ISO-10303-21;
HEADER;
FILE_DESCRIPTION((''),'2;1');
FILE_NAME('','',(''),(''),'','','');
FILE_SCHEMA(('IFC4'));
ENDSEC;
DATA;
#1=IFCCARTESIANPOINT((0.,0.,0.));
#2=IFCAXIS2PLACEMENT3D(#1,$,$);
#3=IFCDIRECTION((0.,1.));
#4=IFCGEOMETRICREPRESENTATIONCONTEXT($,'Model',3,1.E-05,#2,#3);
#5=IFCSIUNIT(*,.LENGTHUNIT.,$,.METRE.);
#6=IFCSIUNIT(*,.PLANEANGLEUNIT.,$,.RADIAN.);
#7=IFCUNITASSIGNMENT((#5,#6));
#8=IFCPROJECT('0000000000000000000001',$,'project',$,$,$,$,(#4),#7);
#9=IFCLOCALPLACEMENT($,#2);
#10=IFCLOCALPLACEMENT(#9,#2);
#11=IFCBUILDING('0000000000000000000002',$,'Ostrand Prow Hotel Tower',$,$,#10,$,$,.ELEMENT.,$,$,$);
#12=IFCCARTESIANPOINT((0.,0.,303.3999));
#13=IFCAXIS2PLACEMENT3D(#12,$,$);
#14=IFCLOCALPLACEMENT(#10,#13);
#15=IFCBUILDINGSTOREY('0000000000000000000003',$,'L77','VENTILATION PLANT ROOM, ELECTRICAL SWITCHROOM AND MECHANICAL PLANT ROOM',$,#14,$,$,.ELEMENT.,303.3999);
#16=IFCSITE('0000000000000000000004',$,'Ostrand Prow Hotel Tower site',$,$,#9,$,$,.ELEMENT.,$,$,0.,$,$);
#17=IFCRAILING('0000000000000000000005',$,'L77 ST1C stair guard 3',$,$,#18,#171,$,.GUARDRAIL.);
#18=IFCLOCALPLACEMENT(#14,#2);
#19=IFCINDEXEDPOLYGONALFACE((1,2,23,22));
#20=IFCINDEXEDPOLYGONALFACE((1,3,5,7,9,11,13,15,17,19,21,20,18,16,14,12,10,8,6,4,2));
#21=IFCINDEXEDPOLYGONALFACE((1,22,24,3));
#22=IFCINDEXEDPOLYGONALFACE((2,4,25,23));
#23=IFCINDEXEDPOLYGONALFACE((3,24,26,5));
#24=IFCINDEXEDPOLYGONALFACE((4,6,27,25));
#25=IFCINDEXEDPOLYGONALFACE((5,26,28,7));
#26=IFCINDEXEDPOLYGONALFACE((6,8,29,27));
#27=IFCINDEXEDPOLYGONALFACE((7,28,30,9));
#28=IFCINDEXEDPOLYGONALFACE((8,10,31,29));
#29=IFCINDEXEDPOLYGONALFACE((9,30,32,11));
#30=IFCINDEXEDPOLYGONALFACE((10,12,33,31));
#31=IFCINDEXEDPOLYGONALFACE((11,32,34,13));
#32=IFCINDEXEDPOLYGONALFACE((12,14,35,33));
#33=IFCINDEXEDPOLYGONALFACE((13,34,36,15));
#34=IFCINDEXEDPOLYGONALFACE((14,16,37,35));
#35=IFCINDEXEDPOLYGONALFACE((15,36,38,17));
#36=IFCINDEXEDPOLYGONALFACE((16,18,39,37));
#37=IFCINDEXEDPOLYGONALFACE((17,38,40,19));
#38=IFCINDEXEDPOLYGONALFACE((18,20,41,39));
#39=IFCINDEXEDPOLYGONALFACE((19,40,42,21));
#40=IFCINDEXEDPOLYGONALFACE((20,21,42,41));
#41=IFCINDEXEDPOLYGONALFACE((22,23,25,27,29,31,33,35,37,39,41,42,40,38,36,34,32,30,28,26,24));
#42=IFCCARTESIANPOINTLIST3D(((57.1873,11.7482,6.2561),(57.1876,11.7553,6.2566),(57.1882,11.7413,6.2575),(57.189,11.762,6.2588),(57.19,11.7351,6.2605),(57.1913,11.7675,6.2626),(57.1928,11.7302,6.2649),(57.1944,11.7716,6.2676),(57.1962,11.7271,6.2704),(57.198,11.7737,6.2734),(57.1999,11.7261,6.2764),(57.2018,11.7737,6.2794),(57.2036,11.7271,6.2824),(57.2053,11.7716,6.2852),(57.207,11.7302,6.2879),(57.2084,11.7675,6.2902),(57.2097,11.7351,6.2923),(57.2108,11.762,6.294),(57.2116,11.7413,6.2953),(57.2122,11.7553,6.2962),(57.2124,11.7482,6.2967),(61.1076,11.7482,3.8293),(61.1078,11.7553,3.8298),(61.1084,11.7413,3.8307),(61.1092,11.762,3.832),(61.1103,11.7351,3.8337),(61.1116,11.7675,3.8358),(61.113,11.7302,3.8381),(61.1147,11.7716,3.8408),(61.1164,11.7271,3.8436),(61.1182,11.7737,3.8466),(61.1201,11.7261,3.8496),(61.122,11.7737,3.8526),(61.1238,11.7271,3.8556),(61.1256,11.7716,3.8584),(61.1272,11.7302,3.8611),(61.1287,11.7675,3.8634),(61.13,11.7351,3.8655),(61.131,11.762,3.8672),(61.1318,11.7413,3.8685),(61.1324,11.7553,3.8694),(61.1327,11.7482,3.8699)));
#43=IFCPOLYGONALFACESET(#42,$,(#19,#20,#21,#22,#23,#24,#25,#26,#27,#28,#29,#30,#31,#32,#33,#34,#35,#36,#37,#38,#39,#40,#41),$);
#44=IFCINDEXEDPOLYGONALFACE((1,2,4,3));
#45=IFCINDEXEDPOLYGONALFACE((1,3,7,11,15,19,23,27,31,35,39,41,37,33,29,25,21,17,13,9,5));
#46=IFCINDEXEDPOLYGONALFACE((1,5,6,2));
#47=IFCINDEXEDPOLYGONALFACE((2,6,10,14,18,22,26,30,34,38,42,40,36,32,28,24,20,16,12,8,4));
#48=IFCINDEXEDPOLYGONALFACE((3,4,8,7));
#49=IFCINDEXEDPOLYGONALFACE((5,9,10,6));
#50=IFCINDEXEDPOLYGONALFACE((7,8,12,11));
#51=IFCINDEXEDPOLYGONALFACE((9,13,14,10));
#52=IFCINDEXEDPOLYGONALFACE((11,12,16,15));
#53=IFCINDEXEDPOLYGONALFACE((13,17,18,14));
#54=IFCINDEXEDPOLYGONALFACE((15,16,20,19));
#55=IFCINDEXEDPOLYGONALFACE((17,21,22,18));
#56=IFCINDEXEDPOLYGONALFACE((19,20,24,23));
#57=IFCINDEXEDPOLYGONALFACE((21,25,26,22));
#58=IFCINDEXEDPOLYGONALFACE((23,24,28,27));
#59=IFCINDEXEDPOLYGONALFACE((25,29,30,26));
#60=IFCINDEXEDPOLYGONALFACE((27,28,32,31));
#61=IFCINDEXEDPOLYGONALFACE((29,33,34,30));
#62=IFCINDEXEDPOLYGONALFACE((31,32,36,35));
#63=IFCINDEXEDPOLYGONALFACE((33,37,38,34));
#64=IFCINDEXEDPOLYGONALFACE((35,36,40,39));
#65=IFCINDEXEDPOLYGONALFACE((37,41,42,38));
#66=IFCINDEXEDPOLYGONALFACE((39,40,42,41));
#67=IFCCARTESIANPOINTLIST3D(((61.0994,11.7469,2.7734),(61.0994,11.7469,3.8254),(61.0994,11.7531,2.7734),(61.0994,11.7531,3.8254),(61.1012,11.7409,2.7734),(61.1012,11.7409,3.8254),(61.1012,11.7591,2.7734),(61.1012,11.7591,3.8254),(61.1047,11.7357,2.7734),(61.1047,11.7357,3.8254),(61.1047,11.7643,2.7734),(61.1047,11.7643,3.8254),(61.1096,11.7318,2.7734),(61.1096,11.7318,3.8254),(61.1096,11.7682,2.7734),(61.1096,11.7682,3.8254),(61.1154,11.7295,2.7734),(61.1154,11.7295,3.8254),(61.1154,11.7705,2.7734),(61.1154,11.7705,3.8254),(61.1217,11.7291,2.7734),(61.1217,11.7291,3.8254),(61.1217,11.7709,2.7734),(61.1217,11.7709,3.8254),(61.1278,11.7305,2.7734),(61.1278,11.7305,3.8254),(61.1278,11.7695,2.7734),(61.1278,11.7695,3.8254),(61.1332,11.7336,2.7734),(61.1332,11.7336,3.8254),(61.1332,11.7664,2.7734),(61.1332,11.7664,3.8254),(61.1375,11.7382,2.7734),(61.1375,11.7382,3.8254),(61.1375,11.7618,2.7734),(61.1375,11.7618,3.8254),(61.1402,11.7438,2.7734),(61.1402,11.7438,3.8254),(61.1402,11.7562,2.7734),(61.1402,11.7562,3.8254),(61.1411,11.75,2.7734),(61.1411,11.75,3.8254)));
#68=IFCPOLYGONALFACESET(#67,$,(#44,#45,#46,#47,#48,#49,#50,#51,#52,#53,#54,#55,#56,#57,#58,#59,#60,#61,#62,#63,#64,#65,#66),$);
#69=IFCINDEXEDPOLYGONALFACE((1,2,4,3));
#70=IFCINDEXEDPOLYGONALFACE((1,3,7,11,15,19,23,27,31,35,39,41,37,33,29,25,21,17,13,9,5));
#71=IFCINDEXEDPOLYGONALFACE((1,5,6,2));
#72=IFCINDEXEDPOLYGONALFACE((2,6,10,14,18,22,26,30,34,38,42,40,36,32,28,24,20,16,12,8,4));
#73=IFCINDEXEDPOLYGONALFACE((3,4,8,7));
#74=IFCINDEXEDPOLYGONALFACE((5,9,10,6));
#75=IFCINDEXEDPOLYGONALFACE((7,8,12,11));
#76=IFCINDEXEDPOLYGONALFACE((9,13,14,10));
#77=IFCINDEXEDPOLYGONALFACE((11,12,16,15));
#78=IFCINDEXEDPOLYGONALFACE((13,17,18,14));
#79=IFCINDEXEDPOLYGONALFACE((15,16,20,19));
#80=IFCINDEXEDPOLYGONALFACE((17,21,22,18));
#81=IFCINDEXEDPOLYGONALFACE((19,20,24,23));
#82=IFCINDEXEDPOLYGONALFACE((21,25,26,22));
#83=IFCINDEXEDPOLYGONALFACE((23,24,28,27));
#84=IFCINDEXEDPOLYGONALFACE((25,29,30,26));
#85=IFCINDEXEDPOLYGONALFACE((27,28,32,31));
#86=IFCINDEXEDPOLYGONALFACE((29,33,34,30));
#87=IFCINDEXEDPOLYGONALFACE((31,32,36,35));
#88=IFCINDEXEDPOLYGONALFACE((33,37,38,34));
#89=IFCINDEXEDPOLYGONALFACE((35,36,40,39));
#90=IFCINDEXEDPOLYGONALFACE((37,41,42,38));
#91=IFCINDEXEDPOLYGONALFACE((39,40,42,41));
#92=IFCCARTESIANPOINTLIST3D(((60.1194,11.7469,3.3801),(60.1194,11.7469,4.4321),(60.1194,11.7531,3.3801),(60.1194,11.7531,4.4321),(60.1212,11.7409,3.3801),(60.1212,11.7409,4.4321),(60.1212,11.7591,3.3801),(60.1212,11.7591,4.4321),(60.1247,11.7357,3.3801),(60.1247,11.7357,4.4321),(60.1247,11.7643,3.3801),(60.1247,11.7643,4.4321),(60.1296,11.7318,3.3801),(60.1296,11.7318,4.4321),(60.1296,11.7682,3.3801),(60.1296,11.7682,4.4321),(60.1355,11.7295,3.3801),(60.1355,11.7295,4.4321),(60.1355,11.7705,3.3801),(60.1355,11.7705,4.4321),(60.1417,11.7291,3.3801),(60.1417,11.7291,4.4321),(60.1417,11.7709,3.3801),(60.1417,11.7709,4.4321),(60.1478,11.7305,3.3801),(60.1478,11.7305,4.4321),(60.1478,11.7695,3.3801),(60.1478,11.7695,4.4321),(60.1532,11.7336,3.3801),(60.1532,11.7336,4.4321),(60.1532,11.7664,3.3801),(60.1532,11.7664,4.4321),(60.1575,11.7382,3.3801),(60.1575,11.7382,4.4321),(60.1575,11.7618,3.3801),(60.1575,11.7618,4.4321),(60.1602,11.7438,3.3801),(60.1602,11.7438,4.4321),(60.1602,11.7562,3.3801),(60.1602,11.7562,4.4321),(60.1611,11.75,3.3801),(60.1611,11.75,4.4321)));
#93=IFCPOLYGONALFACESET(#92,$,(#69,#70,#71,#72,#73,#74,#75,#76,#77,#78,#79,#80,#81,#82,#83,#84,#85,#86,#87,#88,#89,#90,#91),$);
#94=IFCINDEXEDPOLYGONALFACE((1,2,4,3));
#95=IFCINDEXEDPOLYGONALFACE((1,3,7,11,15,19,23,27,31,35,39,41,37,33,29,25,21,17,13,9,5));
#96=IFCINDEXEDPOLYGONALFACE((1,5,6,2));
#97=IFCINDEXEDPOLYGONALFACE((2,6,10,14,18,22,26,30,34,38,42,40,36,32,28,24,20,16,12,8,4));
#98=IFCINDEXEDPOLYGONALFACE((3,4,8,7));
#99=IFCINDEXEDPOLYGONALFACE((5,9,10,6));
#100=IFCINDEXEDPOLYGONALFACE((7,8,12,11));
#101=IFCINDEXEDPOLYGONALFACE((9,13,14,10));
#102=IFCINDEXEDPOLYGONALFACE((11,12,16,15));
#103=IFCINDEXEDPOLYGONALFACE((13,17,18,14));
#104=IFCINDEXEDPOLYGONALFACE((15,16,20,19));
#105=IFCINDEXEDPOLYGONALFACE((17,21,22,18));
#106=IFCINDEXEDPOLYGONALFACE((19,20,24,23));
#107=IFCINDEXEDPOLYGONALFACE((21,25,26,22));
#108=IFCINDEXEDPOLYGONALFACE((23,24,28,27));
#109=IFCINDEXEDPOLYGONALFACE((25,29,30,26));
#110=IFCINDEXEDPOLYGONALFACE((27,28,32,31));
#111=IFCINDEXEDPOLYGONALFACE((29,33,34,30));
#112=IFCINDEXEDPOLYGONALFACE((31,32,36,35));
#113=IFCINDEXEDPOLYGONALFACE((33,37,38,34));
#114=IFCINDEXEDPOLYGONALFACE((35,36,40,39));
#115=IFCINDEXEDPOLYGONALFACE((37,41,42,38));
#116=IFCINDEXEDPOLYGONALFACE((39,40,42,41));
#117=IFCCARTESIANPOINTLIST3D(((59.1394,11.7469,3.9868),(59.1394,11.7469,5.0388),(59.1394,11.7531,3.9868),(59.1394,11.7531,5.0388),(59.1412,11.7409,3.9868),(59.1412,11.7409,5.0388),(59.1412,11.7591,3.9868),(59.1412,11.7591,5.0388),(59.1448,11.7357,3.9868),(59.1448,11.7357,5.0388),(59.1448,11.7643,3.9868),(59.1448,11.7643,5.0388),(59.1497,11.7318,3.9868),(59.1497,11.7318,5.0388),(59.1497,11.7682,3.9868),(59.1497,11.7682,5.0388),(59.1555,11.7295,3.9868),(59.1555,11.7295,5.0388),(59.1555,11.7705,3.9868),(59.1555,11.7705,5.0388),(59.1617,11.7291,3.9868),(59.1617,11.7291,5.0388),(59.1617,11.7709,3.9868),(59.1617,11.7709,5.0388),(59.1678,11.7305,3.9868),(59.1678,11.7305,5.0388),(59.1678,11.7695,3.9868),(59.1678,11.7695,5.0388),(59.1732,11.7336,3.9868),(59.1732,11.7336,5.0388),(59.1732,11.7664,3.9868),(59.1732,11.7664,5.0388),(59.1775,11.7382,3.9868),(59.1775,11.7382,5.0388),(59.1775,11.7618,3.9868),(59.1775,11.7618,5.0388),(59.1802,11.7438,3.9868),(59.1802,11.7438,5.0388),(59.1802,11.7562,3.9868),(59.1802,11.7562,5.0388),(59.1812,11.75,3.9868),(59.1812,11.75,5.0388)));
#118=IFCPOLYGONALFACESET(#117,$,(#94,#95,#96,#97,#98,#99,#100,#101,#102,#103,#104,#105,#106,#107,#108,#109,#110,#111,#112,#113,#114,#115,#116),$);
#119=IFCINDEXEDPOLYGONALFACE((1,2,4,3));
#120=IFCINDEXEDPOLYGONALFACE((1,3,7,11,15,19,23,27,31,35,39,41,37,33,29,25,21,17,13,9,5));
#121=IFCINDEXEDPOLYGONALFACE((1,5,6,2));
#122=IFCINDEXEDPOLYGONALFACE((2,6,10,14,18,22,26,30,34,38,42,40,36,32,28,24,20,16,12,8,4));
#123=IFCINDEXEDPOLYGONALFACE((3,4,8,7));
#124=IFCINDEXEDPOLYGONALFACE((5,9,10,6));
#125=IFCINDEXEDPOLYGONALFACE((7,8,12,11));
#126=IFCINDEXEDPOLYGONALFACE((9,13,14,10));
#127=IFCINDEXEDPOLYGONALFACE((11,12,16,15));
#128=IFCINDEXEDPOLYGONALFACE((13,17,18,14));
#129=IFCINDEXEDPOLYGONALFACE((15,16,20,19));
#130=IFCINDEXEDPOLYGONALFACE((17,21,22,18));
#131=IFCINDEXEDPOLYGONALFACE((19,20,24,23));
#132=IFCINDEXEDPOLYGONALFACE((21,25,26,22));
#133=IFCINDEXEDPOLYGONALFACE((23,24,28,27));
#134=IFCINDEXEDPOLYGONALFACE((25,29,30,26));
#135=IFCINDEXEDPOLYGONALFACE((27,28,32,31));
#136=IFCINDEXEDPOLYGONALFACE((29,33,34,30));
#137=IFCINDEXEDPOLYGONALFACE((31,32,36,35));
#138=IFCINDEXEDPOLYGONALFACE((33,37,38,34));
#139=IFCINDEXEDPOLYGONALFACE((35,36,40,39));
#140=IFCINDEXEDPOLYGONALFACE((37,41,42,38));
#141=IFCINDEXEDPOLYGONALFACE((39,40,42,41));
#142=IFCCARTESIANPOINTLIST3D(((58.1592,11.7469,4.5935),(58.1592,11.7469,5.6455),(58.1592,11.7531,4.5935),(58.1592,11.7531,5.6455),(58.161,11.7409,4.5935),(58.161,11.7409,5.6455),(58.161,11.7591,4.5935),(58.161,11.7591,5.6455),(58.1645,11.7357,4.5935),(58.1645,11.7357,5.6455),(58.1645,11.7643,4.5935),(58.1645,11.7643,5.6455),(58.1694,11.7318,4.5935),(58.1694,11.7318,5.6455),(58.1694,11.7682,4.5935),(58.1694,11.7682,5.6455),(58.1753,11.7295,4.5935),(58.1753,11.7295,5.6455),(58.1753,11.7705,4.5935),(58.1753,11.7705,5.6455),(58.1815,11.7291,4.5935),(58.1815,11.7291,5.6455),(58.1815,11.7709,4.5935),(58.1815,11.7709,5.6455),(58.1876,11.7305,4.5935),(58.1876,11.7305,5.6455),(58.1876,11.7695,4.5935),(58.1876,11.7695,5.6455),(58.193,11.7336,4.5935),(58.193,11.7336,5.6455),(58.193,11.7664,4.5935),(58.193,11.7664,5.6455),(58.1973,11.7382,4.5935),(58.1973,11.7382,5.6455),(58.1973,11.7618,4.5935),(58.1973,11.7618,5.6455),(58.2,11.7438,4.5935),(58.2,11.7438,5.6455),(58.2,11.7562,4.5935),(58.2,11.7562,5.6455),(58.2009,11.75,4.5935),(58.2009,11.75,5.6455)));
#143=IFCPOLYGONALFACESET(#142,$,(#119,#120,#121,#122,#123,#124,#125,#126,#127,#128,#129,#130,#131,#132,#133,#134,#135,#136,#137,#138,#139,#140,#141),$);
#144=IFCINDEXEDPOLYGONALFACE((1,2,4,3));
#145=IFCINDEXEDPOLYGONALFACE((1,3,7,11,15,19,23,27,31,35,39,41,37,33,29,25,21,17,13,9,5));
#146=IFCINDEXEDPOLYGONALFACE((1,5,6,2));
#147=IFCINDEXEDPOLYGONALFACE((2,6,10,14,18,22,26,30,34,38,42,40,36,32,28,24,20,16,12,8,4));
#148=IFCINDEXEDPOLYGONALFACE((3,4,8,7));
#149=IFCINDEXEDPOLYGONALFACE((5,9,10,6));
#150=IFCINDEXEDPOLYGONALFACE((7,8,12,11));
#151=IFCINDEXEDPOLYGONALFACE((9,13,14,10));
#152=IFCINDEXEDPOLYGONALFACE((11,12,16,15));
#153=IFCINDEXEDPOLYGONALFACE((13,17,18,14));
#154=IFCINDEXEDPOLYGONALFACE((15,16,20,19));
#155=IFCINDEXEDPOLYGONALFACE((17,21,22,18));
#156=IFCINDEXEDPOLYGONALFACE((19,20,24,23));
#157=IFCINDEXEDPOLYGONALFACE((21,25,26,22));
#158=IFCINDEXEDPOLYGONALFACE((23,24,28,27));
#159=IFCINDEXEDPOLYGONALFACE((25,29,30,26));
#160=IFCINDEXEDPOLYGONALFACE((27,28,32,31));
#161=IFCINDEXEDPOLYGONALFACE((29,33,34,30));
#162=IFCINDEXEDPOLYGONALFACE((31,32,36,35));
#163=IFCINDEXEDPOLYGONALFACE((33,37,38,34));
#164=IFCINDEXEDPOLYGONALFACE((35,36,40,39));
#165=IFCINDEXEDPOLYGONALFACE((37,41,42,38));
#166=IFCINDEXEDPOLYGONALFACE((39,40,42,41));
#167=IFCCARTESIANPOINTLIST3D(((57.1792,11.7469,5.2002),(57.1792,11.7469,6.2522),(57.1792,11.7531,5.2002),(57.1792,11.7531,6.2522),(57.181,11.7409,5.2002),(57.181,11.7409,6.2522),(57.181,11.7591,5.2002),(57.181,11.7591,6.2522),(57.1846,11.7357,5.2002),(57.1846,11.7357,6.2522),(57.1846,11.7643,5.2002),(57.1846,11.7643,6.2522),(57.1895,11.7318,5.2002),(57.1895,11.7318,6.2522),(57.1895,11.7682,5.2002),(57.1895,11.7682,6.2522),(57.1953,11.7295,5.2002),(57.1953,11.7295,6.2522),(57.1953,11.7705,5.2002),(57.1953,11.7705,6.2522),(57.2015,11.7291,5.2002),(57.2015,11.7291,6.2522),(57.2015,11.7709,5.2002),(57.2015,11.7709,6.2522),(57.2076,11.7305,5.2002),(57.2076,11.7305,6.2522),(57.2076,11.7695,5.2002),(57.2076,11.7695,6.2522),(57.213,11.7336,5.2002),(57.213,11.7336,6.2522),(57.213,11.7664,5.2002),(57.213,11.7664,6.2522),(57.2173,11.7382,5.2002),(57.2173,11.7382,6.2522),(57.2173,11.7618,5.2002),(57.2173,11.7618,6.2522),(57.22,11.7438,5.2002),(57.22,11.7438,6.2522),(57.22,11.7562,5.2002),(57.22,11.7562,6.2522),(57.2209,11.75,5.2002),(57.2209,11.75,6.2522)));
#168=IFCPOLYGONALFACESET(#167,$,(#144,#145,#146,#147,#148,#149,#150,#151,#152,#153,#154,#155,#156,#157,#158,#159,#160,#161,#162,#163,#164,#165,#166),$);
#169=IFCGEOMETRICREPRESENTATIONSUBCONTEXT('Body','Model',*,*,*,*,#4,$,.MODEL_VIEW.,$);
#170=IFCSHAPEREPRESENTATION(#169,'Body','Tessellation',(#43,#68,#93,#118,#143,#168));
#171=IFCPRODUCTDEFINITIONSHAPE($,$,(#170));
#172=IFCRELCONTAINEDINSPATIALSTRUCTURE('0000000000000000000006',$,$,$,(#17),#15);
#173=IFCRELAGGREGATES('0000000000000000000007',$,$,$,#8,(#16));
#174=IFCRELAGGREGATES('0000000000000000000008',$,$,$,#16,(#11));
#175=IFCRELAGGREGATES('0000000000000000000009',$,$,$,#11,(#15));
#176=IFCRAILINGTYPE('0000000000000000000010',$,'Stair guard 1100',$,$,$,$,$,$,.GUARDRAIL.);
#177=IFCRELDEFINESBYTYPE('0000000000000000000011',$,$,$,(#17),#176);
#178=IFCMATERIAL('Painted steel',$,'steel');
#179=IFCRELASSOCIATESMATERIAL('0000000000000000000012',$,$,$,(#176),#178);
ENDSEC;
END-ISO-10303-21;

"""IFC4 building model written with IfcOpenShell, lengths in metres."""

from ifc_helpers import new_model, si_unit, direction, frame, origin, origin_2d, place, context, subcontext, project, spatial, circle, extrude, material, type_object, element, save


model = new_model("IFC4")

# Units and contexts
model_context = context("Model", 3, precision=1e-05, world=origin(), true_north=direction((0.0, 1.0)))
body_context = subcontext(model_context, "Body", "Model", "MODEL_VIEW")
ifc_project = project(units=[si_unit("LENGTHUNIT", "METRE"), si_unit("PLANEANGLEUNIT", "RADIAN")], contexts=[model_context])

# Site, building, storey
site_placement = place(None, origin())
site = spatial("IfcSite", under=ifc_project, at=site_placement, Name="Ostrand Prow Hotel Tower site", CompositionType="ELEMENT", RefElevation=0.0)
building_placement = place(site_placement, origin())
building = spatial("IfcBuilding", under=site, at=building_placement, Name="Ostrand Prow Hotel Tower", CompositionType="ELEMENT")
storey_placement = place(building_placement, frame((0.0, 0.0, 303.3999)))
storey = spatial("IfcBuildingStorey", under=building, at=storey_placement, Name="L77", Description="VENTILATION PLANT ROOM, ELECTRICAL SWITCHROOM AND MECHANICAL PLANT ROOM", CompositionType="ELEMENT", Elevation=303.3999)

# Railing
ifc_material_1 = material(Name="Painted steel", Category="steel")
railing_type_1 = type_object("IfcRailingType", Name="Stair guard 1100", PredefinedType="GUARDRAIL", material=ifc_material_1)
railing_1_placement = place(storey_placement, frame((61.1201, 11.75, 2.7734)))
element("IfcRailing", 1, at=railing_1_placement, inside=storey, type_object=railing_type_1, Name="L77 ST1C stair guard 3", PredefinedType="GUARDRAIL", context=body_context, shape_type="SweptSolid", body=[
    extrude(circle(Radius=0.0239, at=origin_2d()), frame((0.0, 0.0, 1.0762), z_axis=(-0.850266, 0.0, 0.526353), x_axis=(0.0, -1.0, 0.0)), (0.0, 0.0, 1.0), 4.6106),
    extrude(circle(Radius=0.021, at=origin_2d()), origin(), (0.0, 0.0, 1.0), 1.052),
    extrude(circle(Radius=0.021, at=origin_2d()), frame((-0.98, 0.0, 0.6067)), (0.0, 0.0, 1.0), 1.052),
    extrude(circle(Radius=0.021, at=origin_2d()), frame((-1.96, 0.0, 1.2134)), (0.0, 0.0, 1.0), 1.052),
    extrude(circle(Radius=0.021, at=origin_2d()), frame((-2.9402, 0.0, 1.8201)), (0.0, 0.0, 1.0), 1.052),
    extrude(circle(Radius=0.021, at=origin_2d()), frame((-3.9202, 0.0, 2.4268)), (0.0, 0.0, 1.0), 1.052),
])

save(model, "model.ifc")
